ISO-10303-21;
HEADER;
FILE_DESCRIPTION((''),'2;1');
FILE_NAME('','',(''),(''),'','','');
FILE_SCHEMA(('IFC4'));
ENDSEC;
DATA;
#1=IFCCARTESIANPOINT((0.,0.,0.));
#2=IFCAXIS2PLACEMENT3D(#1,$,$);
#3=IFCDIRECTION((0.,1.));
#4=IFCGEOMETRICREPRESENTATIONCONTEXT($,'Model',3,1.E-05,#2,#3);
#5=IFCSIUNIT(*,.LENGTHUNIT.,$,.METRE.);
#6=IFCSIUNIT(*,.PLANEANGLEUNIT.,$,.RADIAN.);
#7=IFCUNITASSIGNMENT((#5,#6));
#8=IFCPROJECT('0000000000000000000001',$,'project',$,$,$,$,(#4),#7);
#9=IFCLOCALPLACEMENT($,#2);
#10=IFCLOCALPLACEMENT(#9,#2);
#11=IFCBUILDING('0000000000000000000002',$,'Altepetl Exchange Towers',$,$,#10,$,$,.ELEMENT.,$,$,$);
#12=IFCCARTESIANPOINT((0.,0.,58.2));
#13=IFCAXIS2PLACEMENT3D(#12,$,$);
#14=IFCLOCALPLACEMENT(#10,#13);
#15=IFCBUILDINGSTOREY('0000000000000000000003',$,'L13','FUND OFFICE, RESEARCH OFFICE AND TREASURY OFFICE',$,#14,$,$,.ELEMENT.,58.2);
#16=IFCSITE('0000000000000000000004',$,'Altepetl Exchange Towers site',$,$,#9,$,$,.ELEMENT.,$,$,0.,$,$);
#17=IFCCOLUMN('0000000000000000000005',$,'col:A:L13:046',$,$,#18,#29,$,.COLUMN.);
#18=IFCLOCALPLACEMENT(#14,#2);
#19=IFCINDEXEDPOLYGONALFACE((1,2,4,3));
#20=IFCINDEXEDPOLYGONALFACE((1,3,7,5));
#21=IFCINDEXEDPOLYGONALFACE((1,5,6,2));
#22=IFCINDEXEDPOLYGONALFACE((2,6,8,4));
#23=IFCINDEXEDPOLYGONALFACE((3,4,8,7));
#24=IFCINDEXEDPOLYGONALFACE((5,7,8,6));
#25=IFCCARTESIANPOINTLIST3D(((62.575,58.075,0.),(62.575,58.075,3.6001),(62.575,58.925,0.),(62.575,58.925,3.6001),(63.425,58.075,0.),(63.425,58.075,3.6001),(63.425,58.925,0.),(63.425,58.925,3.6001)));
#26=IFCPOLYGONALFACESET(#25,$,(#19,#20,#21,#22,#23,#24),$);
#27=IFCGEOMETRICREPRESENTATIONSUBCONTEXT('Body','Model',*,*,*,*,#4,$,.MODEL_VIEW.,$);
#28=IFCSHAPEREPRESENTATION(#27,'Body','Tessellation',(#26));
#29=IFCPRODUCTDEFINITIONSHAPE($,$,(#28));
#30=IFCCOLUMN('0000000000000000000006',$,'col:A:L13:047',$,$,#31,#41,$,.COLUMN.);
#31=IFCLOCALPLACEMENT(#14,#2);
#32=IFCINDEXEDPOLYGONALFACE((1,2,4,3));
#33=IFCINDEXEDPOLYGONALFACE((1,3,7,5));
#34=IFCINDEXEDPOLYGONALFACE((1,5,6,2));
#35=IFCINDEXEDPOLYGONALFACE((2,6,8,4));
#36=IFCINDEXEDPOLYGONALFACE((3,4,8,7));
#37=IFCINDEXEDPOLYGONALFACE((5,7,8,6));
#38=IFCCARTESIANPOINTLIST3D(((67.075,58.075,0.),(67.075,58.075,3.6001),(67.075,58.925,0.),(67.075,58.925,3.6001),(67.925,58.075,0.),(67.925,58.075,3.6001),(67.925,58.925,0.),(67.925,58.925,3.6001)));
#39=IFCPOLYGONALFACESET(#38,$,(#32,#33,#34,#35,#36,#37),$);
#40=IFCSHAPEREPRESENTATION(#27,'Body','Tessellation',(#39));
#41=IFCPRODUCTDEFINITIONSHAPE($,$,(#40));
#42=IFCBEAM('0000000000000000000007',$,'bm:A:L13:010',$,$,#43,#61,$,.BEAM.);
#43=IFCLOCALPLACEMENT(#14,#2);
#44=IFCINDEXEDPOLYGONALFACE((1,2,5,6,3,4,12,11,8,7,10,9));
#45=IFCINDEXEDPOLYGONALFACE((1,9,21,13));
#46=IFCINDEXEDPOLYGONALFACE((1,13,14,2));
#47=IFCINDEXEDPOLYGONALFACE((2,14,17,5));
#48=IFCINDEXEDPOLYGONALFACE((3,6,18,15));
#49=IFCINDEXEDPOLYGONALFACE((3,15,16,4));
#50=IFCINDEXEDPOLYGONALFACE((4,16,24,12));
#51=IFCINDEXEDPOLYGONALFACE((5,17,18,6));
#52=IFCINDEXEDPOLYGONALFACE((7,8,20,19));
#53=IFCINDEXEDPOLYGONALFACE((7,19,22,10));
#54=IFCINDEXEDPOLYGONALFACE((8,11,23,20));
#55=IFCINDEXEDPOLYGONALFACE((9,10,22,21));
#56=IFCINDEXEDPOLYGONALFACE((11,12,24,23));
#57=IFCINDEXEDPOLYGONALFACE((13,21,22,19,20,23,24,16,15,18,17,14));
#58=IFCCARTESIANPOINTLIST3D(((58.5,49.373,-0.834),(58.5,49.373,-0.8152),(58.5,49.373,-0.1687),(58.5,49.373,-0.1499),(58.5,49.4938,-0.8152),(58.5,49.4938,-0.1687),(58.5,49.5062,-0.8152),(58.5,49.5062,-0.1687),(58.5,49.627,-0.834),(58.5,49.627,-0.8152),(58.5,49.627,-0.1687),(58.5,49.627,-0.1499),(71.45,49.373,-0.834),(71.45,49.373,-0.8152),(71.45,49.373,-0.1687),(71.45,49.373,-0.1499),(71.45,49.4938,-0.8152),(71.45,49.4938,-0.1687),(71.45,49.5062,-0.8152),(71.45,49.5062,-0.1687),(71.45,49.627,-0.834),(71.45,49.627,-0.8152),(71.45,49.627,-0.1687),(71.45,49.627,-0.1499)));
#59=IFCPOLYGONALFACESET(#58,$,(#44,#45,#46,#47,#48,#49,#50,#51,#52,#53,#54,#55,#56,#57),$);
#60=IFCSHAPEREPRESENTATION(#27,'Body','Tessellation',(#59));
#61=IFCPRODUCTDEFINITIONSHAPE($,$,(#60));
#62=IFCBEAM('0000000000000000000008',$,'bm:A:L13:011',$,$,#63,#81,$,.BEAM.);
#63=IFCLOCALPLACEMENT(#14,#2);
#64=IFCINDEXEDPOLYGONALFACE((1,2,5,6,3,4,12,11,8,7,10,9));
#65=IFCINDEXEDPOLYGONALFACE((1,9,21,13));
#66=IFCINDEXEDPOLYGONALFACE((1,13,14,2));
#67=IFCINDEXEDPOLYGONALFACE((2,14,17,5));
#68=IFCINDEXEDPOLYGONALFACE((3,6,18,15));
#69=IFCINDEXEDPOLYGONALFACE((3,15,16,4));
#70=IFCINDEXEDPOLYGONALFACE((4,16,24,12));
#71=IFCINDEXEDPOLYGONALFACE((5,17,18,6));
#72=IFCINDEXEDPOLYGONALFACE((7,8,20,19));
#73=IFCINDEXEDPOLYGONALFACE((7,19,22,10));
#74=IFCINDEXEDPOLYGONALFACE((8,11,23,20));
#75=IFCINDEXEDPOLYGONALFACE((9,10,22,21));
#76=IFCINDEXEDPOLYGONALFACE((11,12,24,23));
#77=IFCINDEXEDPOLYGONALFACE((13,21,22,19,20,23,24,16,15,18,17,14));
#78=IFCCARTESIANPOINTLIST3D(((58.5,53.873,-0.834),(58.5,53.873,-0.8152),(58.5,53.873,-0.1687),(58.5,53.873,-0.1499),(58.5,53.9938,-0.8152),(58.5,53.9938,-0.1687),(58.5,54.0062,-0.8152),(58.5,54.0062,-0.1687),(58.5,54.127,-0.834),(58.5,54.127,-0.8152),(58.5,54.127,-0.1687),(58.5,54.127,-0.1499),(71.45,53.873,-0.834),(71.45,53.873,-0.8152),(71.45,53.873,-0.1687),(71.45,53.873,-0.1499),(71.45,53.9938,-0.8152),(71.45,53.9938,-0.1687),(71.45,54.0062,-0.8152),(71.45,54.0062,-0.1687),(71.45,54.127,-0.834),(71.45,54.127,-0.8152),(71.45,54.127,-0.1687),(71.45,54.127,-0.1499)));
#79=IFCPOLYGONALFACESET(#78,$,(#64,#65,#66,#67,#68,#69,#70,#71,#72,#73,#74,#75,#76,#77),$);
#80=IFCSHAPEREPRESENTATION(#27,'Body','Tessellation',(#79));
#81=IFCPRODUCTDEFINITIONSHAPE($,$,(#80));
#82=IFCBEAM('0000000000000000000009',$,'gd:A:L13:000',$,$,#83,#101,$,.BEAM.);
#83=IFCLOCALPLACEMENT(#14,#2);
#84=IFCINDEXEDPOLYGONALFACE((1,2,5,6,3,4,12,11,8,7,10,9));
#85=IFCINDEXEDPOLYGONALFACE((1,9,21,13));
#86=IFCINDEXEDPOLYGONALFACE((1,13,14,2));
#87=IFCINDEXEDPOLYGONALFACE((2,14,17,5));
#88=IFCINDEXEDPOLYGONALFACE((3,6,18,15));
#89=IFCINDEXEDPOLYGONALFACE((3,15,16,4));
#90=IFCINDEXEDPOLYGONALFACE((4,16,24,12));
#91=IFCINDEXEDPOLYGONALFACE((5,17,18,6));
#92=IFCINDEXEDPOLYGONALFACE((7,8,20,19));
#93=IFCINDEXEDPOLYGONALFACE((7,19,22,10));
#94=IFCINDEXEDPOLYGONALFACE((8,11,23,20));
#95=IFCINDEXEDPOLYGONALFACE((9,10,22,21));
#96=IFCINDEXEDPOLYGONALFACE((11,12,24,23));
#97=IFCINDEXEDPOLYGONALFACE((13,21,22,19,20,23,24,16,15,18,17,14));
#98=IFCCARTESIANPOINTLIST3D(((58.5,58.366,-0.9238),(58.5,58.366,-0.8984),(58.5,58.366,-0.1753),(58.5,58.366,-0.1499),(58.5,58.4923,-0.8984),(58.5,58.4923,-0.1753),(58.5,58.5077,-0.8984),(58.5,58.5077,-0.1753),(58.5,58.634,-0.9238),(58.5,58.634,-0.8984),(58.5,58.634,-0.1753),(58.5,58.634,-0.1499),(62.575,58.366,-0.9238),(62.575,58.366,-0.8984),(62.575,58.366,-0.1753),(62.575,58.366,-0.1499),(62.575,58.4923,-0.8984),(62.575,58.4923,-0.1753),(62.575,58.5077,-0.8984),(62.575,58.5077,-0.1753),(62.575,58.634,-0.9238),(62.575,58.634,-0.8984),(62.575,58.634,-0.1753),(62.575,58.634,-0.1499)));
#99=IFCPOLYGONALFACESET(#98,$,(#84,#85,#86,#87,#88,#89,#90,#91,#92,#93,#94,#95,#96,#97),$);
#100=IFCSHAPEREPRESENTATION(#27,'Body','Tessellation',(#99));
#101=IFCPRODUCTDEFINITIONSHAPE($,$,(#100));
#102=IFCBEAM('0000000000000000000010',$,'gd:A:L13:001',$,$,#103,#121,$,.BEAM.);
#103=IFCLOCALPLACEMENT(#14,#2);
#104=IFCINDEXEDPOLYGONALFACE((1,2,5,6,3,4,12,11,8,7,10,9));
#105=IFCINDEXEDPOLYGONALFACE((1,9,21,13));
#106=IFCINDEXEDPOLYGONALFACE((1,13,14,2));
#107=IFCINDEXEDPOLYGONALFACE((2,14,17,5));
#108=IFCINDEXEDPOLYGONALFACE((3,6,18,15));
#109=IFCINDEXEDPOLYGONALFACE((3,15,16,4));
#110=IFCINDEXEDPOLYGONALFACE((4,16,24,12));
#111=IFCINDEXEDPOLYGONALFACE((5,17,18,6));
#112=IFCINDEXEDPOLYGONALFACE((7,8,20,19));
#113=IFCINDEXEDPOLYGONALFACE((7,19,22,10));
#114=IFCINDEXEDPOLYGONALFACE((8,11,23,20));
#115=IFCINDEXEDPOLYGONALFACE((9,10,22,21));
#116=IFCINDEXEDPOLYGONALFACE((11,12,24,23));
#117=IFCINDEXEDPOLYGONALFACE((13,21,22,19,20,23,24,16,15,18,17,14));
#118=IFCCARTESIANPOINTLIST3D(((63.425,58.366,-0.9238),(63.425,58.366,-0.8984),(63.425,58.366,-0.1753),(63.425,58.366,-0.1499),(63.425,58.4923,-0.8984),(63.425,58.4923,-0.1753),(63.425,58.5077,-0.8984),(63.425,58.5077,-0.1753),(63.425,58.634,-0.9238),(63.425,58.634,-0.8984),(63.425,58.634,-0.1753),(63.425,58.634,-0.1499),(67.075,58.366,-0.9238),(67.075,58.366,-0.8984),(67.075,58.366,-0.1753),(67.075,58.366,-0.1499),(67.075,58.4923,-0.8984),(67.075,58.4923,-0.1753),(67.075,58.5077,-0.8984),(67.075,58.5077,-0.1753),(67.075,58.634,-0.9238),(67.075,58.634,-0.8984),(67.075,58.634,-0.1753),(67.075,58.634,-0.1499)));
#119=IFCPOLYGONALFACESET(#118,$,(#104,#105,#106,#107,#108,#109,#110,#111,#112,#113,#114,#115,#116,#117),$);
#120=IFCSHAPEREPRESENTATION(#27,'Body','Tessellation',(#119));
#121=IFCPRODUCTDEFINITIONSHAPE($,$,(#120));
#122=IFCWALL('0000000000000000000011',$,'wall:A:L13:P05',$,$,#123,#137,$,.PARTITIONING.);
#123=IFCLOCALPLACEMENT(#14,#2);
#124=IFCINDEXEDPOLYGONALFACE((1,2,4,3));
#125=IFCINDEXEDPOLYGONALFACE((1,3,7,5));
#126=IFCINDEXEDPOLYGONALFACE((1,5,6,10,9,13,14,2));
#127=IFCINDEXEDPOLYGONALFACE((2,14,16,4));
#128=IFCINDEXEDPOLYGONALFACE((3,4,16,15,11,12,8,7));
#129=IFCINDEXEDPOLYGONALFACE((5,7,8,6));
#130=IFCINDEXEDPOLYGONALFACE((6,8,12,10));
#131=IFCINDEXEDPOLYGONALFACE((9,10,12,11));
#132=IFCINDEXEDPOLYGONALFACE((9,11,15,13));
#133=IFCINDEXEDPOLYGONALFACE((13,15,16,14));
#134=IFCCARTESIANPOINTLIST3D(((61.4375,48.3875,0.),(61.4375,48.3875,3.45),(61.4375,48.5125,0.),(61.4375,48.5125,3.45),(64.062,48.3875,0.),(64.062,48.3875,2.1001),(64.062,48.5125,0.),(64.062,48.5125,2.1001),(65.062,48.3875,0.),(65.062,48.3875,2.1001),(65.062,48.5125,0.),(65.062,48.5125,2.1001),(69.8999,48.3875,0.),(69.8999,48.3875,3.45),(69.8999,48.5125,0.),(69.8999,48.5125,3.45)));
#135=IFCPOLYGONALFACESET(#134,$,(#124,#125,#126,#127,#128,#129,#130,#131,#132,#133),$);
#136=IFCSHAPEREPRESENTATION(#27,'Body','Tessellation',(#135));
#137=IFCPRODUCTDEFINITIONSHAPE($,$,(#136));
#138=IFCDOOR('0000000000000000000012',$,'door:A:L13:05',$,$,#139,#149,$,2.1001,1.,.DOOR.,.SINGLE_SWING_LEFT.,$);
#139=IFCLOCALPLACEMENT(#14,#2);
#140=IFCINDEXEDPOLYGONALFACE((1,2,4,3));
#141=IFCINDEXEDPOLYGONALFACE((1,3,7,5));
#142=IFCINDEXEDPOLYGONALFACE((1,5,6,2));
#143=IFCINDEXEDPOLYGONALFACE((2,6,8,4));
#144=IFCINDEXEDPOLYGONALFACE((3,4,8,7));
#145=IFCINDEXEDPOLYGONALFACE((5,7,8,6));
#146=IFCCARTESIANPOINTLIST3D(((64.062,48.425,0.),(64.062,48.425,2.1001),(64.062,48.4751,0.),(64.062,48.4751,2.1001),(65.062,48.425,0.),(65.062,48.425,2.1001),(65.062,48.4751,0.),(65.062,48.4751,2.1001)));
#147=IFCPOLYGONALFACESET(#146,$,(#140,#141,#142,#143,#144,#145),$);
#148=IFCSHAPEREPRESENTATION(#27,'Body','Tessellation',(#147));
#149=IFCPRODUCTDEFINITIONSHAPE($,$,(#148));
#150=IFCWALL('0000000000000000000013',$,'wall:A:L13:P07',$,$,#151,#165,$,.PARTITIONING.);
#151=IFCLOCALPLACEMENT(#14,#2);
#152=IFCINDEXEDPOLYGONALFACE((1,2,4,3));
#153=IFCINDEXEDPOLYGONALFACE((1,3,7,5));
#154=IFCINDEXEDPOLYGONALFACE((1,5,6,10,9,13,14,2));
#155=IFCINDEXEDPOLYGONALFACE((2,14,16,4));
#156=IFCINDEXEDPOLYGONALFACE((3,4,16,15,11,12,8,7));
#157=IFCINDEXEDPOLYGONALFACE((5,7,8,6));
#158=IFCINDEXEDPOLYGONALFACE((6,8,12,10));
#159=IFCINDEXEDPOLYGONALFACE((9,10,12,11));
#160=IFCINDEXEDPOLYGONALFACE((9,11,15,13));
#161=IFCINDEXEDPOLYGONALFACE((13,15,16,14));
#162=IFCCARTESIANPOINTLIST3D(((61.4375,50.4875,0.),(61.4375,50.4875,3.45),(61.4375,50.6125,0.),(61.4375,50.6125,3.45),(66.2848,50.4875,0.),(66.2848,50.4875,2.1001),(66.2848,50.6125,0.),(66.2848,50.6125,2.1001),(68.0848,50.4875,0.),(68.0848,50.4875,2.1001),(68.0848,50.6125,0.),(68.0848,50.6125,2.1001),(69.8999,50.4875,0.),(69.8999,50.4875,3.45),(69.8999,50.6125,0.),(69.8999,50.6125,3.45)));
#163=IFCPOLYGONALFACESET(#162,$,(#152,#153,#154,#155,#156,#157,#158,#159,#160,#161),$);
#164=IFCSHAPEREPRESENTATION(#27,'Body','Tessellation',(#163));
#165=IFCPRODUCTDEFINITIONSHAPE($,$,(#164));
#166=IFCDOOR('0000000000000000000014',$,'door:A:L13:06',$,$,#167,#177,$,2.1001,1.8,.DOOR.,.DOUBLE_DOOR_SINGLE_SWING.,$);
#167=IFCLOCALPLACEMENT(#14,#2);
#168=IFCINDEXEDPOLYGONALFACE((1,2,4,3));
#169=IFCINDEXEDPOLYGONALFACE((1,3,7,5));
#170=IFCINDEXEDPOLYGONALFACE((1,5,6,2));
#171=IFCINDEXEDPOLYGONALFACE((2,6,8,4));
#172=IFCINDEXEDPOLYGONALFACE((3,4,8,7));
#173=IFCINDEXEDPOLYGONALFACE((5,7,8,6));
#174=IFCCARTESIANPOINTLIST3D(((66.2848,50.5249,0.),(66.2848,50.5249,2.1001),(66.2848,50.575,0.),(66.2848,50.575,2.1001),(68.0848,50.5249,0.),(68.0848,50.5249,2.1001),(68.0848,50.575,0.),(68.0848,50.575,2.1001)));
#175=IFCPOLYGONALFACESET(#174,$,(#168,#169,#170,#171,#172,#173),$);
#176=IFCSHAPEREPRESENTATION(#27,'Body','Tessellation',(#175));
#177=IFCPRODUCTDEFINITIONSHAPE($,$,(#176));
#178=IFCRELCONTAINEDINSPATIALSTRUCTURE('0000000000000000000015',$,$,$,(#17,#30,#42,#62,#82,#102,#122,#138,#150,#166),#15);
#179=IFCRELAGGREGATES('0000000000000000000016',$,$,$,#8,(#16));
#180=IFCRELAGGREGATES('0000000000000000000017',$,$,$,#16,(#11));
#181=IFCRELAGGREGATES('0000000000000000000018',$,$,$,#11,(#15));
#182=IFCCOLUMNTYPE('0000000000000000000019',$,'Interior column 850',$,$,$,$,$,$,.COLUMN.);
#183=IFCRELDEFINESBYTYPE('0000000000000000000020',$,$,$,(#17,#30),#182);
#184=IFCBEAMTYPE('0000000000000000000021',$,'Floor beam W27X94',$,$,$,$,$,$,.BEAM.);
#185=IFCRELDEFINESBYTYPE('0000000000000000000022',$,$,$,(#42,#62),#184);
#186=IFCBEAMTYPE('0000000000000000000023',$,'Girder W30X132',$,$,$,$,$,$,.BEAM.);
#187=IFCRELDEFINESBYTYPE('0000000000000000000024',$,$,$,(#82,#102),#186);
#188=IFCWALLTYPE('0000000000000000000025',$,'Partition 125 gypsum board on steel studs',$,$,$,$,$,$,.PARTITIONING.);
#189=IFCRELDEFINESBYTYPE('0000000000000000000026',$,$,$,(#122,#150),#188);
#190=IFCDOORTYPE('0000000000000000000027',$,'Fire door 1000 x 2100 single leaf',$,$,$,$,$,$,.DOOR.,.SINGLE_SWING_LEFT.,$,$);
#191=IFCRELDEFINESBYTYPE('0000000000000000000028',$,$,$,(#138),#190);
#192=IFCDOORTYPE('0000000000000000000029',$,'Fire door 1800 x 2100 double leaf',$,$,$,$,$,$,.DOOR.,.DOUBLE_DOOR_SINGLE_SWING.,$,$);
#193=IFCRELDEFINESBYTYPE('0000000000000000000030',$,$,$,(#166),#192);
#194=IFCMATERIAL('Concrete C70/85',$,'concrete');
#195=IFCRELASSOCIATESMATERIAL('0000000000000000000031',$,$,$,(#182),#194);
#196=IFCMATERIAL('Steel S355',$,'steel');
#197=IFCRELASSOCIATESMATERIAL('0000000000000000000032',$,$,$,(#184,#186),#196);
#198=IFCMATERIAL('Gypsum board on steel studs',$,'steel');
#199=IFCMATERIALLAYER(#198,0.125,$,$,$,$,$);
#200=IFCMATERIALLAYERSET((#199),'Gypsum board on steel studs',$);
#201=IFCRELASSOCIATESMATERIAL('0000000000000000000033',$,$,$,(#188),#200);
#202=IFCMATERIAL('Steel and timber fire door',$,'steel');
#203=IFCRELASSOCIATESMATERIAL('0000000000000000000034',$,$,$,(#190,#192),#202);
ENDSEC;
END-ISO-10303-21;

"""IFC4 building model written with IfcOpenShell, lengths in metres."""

from ifc_helpers import new_model, si_unit, direction, frame, frame_2d, origin, origin_2d, place, context, subcontext, project, spatial, rectangle, i_section, extrude, material, layer, layer_set, material_profile, profile_set, type_object, element, fill, save


model = new_model("IFC4")

# Units and contexts
model_context = context("Model", 3, precision=1e-05, world=origin(), true_north=direction((0.0, 1.0)))
body_context = subcontext(model_context, "Body", "Model", "MODEL_VIEW")
ifc_project = project(units=[si_unit("LENGTHUNIT", "METRE"), si_unit("PLANEANGLEUNIT", "RADIAN")], contexts=[model_context])

# Site, building, storey
site_placement = place(None, origin())
site = spatial("IfcSite", under=ifc_project, at=site_placement, Name="Altepetl Exchange Towers site", CompositionType="ELEMENT", RefElevation=0.0)
building_placement = place(site_placement, origin())
building = spatial("IfcBuilding", under=site, at=building_placement, Name="Altepetl Exchange Towers", CompositionType="ELEMENT")
storey_placement = place(building_placement, frame((0.0, 0.0, 58.2)))
storey = spatial("IfcBuildingStorey", under=building, at=storey_placement, Name="L13", Description="FUND OFFICE, RESEARCH OFFICE AND TREASURY OFFICE", CompositionType="ELEMENT", Elevation=58.2)

# Columns
ifc_material_1 = material(Name="Concrete C70/85", Category="concrete")
ifc_material_profile_1 = material_profile(ifc_material_1, rectangle(XDim=0.8501, YDim=0.8501, at=origin_2d()), Name="850 x 850")
ifc_profile_set_1 = profile_set([ifc_material_profile_1], Name="Concrete C70/85")
column_type = type_object("IfcColumnType", Name="Interior column 850", PredefinedType="COLUMN", material=ifc_profile_set_1)
for number, where, name in (
    (1, (63.0, 58.5, 0.0), "col:A:L13:046"),
    (2, (67.5, 58.5, 0.0), "col:A:L13:047"),
):
    element("IfcColumn", number, at=place(storey_placement, frame(where)), inside=storey, type_object=column_type, Name=name, PredefinedType="COLUMN", context=body_context, shape_type="SweptSolid", body=[
        extrude(rectangle(XDim=0.8501, YDim=0.8501, at=origin_2d()), origin(), (0.0, 0.0, 1.0), 3.6001),
    ])

# Beams
ifc_material_2 = material(Name="Steel S355", Category="steel")
ifc_material_profile_2 = material_profile(ifc_material_2, i_section(OverallWidth=0.2539, OverallDepth=0.6841, WebThickness=0.0125, FlangeThickness=0.0188, at=origin_2d()), Name="W27X94")
ifc_profile_set_2 = profile_set([ifc_material_profile_2], Name="Steel S355")
beam_type_1 = type_object("IfcBeamType", Name="Floor beam W27X94", PredefinedType="BEAM", material=ifc_profile_set_2)
for number, where, z_axis, x_axis, name in (
    (3, (58.5, 49.5, -0.4919), (1.0, 0.0, 0.0), (0.0, 1.0, 0.0), "bm:A:L13:010"),
    (4, (58.5, 54.0, -0.4919), (1.0, 0.0, 0.0), (0.0, 1.0, 0.0), "bm:A:L13:011"),
):
    element("IfcBeam", number, at=place(storey_placement, frame(where, z_axis=z_axis, x_axis=x_axis)), inside=storey, type_object=beam_type_1, Name=name, PredefinedType="BEAM", context=body_context, shape_type="SweptSolid", body=[
        extrude(i_section(OverallWidth=0.2539, OverallDepth=0.6841, WebThickness=0.0125, FlangeThickness=0.0188, at=origin_2d()), origin(), (0.0, 0.0, 1.0), 12.95),
    ])
ifc_material_profile_3 = material_profile(ifc_material_2, i_section(OverallWidth=0.2681, OverallDepth=0.7739, WebThickness=0.0154, FlangeThickness=0.0254, at=origin_2d()), Name="W30X132")
ifc_profile_set_3 = profile_set([ifc_material_profile_3], Name="Steel S355")
beam_type_2 = type_object("IfcBeamType", Name="Girder W30X132", PredefinedType="BEAM", material=ifc_profile_set_3)
beam_1_placement = place(storey_placement, frame((58.5, 58.5, -0.5369), z_axis=(1.0, 0.0, 0.0), x_axis=(0.0, 1.0, 0.0)))
element("IfcBeam", 5, at=beam_1_placement, inside=storey, type_object=beam_type_2, Name="gd:A:L13:000", PredefinedType="BEAM", context=body_context, shape_type="SweptSolid", body=[
    extrude(i_section(OverallWidth=0.2681, OverallDepth=0.7739, WebThickness=0.0154, FlangeThickness=0.0254, at=origin_2d()), origin(), (0.0, 0.0, 1.0), 4.075),
])
beam_2_placement = place(storey_placement, frame((63.425, 58.5, -0.5369), z_axis=(1.0, 0.0, 0.0), x_axis=(0.0, 1.0, 0.0)))
element("IfcBeam", 6, at=beam_2_placement, inside=storey, type_object=beam_type_2, Name="gd:A:L13:001", PredefinedType="BEAM", context=body_context, shape_type="SweptSolid", body=[
    extrude(i_section(OverallWidth=0.2681, OverallDepth=0.7739, WebThickness=0.0154, FlangeThickness=0.0254, at=origin_2d()), origin(), (0.0, 0.0, 1.0), 3.6499),
])

# Walls, openings, doors
ifc_material_3 = material(Name="Gypsum board on steel studs", Category="steel")
ifc_layer_1 = layer(ifc_material_3, 0.125)
ifc_layer_set_1 = layer_set([ifc_layer_1], Name="Gypsum board on steel studs")
wall_type_1 = type_object("IfcWallType", Name="Partition 125 gypsum board on steel studs", PredefinedType="PARTITIONING", material=ifc_layer_set_1)
wall_1_placement = place(storey_placement, frame((61.4375, 48.45, 0.0)))
wall_1 = element("IfcWall", 7, at=wall_1_placement, inside=storey, type_object=wall_type_1, Name="wall:A:L13:P05", PredefinedType="PARTITIONING", context=body_context, shape_type="SweptSolid", body=[
    extrude(rectangle(XDim=8.4624, YDim=0.125, at=frame_2d((4.2312, 0.0))), origin(), (0.0, 0.0, 1.0), 3.45),
])
opening_1_placement = place(wall_1_placement, frame((2.6245, 0.0, 0.0)))
opening_1 = element("IfcOpeningElement", 8, at=opening_1_placement, cuts=wall_1, PredefinedType="OPENING", context=body_context, shape_type="SweptSolid", body=[
    extrude(rectangle(XDim=1.0, YDim=2.1001, at=frame_2d((0.5, 1.05))), frame((0.0, 0.0725, 0.0), z_axis=(0.0, -1.0, 0.0), x_axis=(1.0, 0.0, 0.0)), (0.0, 0.0, 1.0), 0.145),
])
ifc_material_4 = material(Name="Steel and timber fire door", Category="steel")
door_type_1 = type_object("IfcDoorType", Name="Fire door 1000 x 2100 single leaf", OperationType="SINGLE_SWING_LEFT", PredefinedType="DOOR", material=ifc_material_4)
door_1_placement = place(opening_1_placement, frame((1.0, 0.0, 0.0), x_axis=(-1.0, 0.0, 0.0)))
door_1 = element("IfcDoor", 9, at=door_1_placement, inside=storey, type_object=door_type_1, Name="door:A:L13:05", OperationType="SINGLE_SWING_LEFT", OverallHeight=2.1001, OverallWidth=1.0, PredefinedType="DOOR", context=body_context, shape_type="SweptSolid", body=[
    extrude(rectangle(XDim=1.0, YDim=2.1001, at=frame_2d((0.5, 1.05))), frame((0.0, 0.0249, 0.0), z_axis=(0.0, -1.0, 0.0), x_axis=(1.0, 0.0, 0.0)), (0.0, 0.0, 1.0), 0.05),
])
fill(opening_1, door_1)
wall_2_placement = place(storey_placement, frame((61.4375, 50.55, 0.0)))
wall_2 = element("IfcWall", 10, at=wall_2_placement, inside=storey, type_object=wall_type_1, Name="wall:A:L13:P07", PredefinedType="PARTITIONING", context=body_context, shape_type="SweptSolid", body=[
    extrude(rectangle(XDim=8.4624, YDim=0.125, at=frame_2d((4.2312, 0.0))), origin(), (0.0, 0.0, 1.0), 3.45),
])
opening_2_placement = place(wall_2_placement, frame((4.8474, 0.0, 0.0)))
opening_2 = element("IfcOpeningElement", 11, at=opening_2_placement, cuts=wall_2, PredefinedType="OPENING", context=body_context, shape_type="SweptSolid", body=[
    extrude(rectangle(XDim=1.8, YDim=2.1001, at=frame_2d((0.8999, 1.05))), frame((0.0, 0.0725, 0.0), z_axis=(0.0, -1.0, 0.0), x_axis=(1.0, 0.0, 0.0)), (0.0, 0.0, 1.0), 0.145),
])
door_type_2 = type_object("IfcDoorType", Name="Fire door 1800 x 2100 double leaf", OperationType="DOUBLE_DOOR_SINGLE_SWING", PredefinedType="DOOR", material=ifc_material_4)
door_2_placement = place(opening_2_placement, origin())
door_2 = element("IfcDoor", 12, at=door_2_placement, inside=storey, type_object=door_type_2, Name="door:A:L13:06", OperationType="DOUBLE_DOOR_SINGLE_SWING", OverallHeight=2.1001, OverallWidth=1.8, PredefinedType="DOOR", context=body_context, shape_type="SweptSolid", body=[
    extrude(rectangle(XDim=1.8, YDim=2.1001, at=frame_2d((0.8999, 1.05))), frame((0.0, 0.0249, 0.0), z_axis=(0.0, -1.0, 0.0), x_axis=(1.0, 0.0, 0.0)), (0.0, 0.0, 1.0), 0.05),
])
fill(opening_2, door_2)

save(model, "model.ifc")
